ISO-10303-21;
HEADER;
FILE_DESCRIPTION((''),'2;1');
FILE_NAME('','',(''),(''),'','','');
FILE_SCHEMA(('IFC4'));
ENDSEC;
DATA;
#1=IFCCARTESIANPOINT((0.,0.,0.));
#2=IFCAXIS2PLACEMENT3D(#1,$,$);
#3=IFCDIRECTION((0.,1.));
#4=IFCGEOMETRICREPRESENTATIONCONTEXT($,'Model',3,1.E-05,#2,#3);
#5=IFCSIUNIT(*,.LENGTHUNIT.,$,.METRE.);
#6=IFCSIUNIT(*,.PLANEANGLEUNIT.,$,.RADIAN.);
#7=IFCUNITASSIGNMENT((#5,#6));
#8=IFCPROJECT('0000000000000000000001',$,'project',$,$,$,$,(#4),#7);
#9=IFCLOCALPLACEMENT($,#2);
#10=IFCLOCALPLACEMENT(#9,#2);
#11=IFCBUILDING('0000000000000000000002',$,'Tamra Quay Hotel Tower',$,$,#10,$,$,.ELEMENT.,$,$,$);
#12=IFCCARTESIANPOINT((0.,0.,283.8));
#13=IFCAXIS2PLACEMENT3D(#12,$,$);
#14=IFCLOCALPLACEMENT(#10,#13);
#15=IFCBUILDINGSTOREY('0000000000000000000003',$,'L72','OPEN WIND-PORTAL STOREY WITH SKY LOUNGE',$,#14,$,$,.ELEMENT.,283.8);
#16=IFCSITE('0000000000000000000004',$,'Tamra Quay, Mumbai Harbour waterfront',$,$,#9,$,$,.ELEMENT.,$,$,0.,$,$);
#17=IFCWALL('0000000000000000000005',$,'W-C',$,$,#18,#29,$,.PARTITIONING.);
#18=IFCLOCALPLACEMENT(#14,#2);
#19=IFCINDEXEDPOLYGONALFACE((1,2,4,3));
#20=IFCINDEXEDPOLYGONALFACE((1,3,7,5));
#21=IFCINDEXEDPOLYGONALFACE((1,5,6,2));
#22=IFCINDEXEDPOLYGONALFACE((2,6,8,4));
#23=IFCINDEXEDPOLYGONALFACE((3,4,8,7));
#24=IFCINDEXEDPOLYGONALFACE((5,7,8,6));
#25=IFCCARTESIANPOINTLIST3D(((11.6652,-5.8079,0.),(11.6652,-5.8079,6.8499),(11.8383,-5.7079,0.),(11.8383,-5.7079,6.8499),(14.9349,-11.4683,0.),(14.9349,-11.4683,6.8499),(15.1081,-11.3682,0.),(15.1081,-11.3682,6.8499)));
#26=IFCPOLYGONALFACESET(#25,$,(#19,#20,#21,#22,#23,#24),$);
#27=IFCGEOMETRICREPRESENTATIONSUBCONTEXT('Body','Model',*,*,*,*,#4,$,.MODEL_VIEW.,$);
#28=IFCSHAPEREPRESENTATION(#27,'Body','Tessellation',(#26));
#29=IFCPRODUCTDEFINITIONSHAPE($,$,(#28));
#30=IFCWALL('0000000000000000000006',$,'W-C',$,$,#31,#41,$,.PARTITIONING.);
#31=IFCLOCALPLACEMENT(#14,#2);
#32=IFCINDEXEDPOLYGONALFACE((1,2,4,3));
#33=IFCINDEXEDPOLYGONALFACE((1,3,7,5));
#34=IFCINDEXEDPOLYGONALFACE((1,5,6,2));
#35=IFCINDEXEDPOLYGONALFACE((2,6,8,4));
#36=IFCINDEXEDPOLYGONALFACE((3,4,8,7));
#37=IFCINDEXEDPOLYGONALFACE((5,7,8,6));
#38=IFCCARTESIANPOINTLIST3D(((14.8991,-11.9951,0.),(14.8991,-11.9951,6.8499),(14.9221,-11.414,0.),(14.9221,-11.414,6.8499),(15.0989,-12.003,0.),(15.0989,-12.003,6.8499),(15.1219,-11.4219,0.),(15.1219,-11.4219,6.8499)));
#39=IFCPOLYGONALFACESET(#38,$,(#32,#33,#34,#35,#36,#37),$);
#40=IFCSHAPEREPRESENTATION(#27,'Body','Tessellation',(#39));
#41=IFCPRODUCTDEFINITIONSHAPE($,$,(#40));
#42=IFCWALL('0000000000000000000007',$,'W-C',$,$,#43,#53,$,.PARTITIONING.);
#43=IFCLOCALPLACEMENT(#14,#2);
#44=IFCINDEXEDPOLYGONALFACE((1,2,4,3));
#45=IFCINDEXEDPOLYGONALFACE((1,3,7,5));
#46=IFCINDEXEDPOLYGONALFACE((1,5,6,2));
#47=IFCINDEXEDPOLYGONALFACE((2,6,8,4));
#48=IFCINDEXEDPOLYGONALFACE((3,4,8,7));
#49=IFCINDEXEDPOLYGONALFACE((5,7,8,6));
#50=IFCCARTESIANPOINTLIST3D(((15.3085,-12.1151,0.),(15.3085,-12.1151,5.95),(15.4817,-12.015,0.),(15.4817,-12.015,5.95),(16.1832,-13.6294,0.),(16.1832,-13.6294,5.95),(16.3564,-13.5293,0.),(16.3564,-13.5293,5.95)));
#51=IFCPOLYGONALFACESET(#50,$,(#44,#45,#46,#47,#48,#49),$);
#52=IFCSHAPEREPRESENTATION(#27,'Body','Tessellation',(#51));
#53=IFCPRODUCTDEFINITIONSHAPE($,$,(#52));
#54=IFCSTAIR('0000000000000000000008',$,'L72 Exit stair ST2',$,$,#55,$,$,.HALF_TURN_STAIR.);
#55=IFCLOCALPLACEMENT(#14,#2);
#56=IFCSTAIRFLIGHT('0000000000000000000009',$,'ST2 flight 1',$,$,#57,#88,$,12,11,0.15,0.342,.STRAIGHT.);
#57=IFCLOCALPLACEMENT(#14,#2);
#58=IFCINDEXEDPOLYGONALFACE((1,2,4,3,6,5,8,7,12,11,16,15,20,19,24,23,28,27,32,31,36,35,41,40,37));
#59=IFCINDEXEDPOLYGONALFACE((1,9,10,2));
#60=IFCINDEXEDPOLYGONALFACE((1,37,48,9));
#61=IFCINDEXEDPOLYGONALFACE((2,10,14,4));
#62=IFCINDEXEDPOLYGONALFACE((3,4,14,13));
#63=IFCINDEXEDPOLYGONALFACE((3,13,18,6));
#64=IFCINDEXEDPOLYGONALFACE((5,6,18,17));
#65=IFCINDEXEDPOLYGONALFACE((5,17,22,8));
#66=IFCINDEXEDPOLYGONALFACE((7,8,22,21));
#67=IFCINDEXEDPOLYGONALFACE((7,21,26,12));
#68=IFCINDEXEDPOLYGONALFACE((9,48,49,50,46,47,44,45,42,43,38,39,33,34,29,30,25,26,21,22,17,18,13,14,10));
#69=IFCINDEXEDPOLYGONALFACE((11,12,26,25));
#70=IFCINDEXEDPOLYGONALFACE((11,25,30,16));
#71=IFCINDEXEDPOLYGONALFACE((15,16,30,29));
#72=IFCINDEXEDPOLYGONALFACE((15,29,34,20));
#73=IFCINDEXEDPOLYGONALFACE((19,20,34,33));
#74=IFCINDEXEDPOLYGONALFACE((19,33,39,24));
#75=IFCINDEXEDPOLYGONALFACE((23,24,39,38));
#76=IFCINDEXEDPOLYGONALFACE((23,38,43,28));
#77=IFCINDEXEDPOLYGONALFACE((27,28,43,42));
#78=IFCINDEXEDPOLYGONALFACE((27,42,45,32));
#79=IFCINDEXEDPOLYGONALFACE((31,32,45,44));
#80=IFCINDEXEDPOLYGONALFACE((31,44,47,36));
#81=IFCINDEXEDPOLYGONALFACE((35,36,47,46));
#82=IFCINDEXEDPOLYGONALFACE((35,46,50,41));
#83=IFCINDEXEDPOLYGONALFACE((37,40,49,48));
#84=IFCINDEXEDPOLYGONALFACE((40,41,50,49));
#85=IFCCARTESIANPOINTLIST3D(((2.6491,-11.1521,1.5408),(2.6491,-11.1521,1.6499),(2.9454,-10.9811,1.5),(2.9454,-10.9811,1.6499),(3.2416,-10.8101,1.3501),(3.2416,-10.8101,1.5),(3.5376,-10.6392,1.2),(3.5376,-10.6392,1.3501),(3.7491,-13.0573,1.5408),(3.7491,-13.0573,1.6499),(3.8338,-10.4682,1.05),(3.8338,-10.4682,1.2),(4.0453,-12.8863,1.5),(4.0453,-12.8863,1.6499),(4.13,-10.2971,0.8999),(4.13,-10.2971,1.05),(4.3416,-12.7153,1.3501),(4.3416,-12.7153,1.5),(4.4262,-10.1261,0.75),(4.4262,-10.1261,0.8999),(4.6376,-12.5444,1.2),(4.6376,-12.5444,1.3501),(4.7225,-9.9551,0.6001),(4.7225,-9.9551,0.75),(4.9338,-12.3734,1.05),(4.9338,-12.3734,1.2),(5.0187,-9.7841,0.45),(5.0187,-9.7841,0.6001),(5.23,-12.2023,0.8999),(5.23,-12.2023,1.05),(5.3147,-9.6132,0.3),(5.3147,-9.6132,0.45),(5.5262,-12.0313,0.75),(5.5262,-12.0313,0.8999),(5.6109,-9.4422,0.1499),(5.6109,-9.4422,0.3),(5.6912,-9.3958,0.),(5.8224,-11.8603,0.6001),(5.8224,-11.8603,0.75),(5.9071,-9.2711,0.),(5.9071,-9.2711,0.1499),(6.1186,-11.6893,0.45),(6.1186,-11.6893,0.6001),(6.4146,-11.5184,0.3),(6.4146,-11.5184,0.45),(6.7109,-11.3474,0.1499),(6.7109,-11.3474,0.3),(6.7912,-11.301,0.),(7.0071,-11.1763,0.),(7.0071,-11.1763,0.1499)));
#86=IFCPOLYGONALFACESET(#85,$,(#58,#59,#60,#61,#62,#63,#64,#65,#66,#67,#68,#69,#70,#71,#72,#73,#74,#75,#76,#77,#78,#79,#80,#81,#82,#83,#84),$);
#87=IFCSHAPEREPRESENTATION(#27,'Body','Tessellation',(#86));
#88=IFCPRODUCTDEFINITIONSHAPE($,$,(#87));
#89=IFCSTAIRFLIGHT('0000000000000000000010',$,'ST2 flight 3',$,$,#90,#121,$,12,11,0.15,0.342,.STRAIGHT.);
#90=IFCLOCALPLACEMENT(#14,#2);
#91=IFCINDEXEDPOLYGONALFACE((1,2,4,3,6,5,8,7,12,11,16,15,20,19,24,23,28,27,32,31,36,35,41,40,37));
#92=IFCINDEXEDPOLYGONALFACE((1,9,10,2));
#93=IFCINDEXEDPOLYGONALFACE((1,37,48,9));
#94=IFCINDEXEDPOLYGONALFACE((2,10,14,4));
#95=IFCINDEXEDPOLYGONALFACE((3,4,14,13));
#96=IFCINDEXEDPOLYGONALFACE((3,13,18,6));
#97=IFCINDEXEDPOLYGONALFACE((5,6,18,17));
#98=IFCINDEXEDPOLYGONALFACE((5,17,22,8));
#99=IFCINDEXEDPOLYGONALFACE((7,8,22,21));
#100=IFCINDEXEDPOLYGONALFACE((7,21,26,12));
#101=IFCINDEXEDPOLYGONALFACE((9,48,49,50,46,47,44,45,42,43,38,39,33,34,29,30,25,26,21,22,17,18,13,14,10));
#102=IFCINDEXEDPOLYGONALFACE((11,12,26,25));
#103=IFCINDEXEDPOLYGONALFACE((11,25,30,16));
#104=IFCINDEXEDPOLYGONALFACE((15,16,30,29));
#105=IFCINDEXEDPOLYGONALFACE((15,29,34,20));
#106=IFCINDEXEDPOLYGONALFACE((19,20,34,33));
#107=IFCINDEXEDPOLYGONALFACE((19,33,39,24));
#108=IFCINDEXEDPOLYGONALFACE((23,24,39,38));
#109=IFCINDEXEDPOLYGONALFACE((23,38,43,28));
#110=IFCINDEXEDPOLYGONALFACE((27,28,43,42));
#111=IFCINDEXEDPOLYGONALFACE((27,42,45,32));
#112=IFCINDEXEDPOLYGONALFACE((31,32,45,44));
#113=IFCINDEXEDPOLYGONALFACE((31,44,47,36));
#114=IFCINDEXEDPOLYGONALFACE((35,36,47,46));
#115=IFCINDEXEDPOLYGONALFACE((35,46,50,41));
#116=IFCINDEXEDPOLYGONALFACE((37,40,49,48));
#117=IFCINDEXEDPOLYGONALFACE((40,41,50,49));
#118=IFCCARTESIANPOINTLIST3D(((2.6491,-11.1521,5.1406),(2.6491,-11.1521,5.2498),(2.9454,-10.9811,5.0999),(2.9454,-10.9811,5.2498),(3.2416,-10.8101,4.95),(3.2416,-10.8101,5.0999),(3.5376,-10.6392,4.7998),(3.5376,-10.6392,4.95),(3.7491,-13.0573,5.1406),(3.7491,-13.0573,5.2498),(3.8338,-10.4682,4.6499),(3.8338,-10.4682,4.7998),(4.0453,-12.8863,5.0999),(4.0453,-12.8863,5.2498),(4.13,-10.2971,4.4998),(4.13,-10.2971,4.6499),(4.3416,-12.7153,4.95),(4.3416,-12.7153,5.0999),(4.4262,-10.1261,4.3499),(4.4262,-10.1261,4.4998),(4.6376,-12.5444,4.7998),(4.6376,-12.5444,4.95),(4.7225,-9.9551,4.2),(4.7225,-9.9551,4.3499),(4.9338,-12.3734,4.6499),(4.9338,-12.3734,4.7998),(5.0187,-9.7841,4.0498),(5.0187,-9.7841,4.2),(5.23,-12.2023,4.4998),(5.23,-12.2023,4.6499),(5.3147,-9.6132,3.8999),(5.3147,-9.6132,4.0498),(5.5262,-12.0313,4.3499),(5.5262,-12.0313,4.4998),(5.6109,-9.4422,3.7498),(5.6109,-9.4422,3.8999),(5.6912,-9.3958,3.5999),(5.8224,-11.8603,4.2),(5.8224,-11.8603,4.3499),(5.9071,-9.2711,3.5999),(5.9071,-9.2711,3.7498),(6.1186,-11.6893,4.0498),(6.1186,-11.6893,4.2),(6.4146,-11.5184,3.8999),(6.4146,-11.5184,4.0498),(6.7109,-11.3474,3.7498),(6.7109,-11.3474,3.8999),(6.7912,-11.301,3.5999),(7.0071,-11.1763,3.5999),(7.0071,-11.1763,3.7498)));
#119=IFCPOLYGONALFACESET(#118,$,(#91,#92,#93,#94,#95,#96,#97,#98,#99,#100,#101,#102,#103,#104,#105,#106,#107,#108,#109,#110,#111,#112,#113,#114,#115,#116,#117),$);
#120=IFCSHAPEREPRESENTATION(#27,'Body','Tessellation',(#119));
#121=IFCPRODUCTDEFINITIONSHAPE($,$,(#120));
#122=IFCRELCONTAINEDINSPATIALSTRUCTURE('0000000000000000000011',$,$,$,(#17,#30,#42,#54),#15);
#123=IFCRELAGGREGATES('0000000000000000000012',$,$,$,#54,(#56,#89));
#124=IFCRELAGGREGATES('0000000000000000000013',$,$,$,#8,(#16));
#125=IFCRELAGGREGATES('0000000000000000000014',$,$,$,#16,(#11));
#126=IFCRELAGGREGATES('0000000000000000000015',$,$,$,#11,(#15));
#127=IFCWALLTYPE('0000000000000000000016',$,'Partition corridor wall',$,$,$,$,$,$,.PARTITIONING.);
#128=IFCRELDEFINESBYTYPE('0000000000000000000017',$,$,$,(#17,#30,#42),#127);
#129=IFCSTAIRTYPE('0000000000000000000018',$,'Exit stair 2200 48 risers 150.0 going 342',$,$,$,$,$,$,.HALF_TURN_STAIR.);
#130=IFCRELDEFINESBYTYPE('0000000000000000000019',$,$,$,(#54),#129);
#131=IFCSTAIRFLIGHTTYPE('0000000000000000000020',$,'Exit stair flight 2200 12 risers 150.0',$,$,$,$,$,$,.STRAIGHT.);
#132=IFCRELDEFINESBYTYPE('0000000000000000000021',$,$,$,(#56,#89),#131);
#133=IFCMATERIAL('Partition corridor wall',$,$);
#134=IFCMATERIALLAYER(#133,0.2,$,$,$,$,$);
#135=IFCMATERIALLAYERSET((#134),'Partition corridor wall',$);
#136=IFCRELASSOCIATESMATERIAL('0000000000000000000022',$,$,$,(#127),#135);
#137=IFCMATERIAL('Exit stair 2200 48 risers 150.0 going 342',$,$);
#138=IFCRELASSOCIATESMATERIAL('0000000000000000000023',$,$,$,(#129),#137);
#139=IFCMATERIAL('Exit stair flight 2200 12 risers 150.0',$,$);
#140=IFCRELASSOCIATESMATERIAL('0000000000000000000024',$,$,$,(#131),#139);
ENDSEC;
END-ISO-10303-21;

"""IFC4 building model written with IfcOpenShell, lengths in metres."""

from ifc_helpers import new_model, si_unit, direction, frame, frame_2d, origin, place, context, subcontext, project, spatial, polyline, rectangle, outline, extrude, material, layer, layer_set, type_object, element, aggregate, save


model = new_model("IFC4")

# Units and contexts
model_context = context("Model", 3, precision=1e-05, world=origin(), true_north=direction((0.0, 1.0)))
body_context = subcontext(model_context, "Body", "Model", "MODEL_VIEW")
ifc_project = project(units=[si_unit("LENGTHUNIT", "METRE"), si_unit("PLANEANGLEUNIT", "RADIAN")], contexts=[model_context])

# Site, building, storey
site_placement = place(None, origin())
site = spatial("IfcSite", under=ifc_project, at=site_placement, Name="Tamra Quay, Mumbai Harbour waterfront", CompositionType="ELEMENT", RefElevation=0.0)
building_placement = place(site_placement, origin())
building = spatial("IfcBuilding", under=site, at=building_placement, Name="Tamra Quay Hotel Tower", CompositionType="ELEMENT")
storey_placement = place(building_placement, frame((0.0, 0.0, 283.8)))
storey = spatial("IfcBuildingStorey", under=building, at=storey_placement, Name="L72", Description="OPEN WIND-PORTAL STOREY WITH SKY LOUNGE", CompositionType="ELEMENT", Elevation=283.8)

# Shared definitions
ifc_material_1 = material(Name="Partition corridor wall")
ifc_layer_1 = layer(ifc_material_1, 0.2)
ifc_layer_set_1 = layer_set([ifc_layer_1], Name="Partition corridor wall")
wall_type_1 = type_object("IfcWallType", Name="Partition corridor wall", PredefinedType="PARTITIONING", material=ifc_layer_set_1)

# Walls
wall_1_placement = place(storey_placement, frame((11.7517, -5.7578, 0.0), z_axis=(0.0, 0.0, 1.0), x_axis=(0.5002, -0.86591, 0.0)))
element("IfcWall", 1, at=wall_1_placement, inside=storey, type_object=wall_type_1, Name="W-C", PredefinedType="PARTITIONING", context=body_context, shape_type="SweptSolid", body=[
    extrude(rectangle(XDim=6.5369, YDim=0.2, at=frame_2d((3.2686, 0.0))), origin(), (0.0, 0.0, 1.0), 6.8499),
])
wall_2_placement = place(storey_placement, frame((14.999, -11.999, 0.0), z_axis=(0.0, 0.0, 1.0), x_axis=(0.039465, 0.999221, 0.0)))
element("IfcWall", 2, at=wall_2_placement, inside=storey, type_object=wall_type_1, Name="W-C", PredefinedType="PARTITIONING", context=body_context, shape_type="SweptSolid", body=[
    extrude(rectangle(XDim=0.5815, YDim=0.2, at=frame_2d((0.2908, 0.0))), origin(), (0.0, 0.0, 1.0), 6.8499),
])
wall_3_placement = place(storey_placement, frame((15.395, -12.0649, 0.0), z_axis=(0.0, 0.0, 1.0), x_axis=(0.500178, -0.865923, 0.0)))
element("IfcWall", 3, at=wall_3_placement, inside=storey, type_object=wall_type_1, Name="W-C", PredefinedType="PARTITIONING", context=body_context, shape_type="SweptSolid", body=[
    extrude(rectangle(XDim=1.7488, YDim=0.2, at=frame_2d((0.8745, 0.0))), origin(), (0.0, 0.0, 1.0), 5.95),
])

# Stair, stair flights
ifc_material_2 = material(Name="Exit stair 2200 48 risers 150.0 going 342")
stair_type = type_object("IfcStairType", Name="Exit stair 2200 48 risers 150.0 going 342", PredefinedType="HALF_TURN_STAIR", material=ifc_material_2)
stair_placement = place(storey_placement, origin())
stair = element("IfcStair", 4, at=stair_placement, inside=storey, type_object=stair_type, Name="L72 Exit stair ST2", PredefinedType="HALF_TURN_STAIR")
ifc_material_3 = material(Name="Exit stair flight 2200 12 risers 150.0")
stair_flight_type = type_object("IfcStairFlightType", Name="Exit stair flight 2200 12 risers 150.0", PredefinedType="STRAIGHT", material=ifc_material_3)
stair_flight_1_placement = place(storey_placement, frame((6.457, -10.2236, 0.0), z_axis=(0.0, 0.0, 1.0), x_axis=(-0.866025, -0.5, 0.0)))
stair_flight_1 = element("IfcStairFlight", 5, at=stair_flight_1_placement, type_object=stair_flight_type, Name="ST2 flight 1", NumberOfRisers=12, NumberOfTreads=11, PredefinedType="STRAIGHT", RiserHeight=0.15, TreadLength=0.342, context=body_context, shape_type="SweptSolid", body=[
    extrude(outline(polyline([(0.0, 0.0), (0.0, 0.1499), (0.342, 0.1499), (0.342, 0.3), (0.6841, 0.3), (0.6841, 0.45), (1.0259, 0.45), (1.0259, 0.6001), (1.3679, 0.6001), (1.3679, 0.75), (1.71, 0.75), (1.71, 0.8999), (2.052, 0.8999), (2.052, 1.05), (2.394, 1.05), (2.394, 1.2), (2.7361, 1.2), (2.7361, 1.3501), (3.0779, 1.3501), (3.0779, 1.5), (3.4199, 1.5), (3.4199, 1.6499), (3.762, 1.6499), (3.762, 1.8), (3.762, 1.5408), (0.2493, 0.0), (0.0, 0.0)])), frame((0.0, 1.1001, 0.0), z_axis=(0.0, -1.0, 0.0), x_axis=(1.0, 0.0, 0.0)), (0.0, 0.0, 1.0), 2.2),
])
stair_flight_2_placement = place(storey_placement, frame((6.457, -10.2236, 3.5999), z_axis=(0.0, 0.0, 1.0), x_axis=(-0.866025, -0.5, 0.0)))
stair_flight_2 = element("IfcStairFlight", 6, at=stair_flight_2_placement, type_object=stair_flight_type, Name="ST2 flight 3", NumberOfRisers=12, NumberOfTreads=11, PredefinedType="STRAIGHT", RiserHeight=0.15, TreadLength=0.342, context=body_context, shape_type="SweptSolid", body=[
    extrude(outline(polyline([(0.0, 0.0), (0.0, 0.1499), (0.342, 0.1499), (0.342, 0.3), (0.6841, 0.3), (0.6841, 0.45), (1.0259, 0.45), (1.0259, 0.6001), (1.3679, 0.6001), (1.3679, 0.75), (1.71, 0.75), (1.71, 0.8999), (2.052, 0.8999), (2.052, 1.05), (2.394, 1.05), (2.394, 1.2), (2.7361, 1.2), (2.7361, 1.3501), (3.0779, 1.3501), (3.0779, 1.5), (3.4199, 1.5), (3.4199, 1.6499), (3.762, 1.6499), (3.762, 1.8), (3.762, 1.5408), (0.2493, 0.0), (0.0, 0.0)])), frame((0.0, 1.1001, 0.0), z_axis=(0.0, -1.0, 0.0), x_axis=(1.0, 0.0, 0.0)), (0.0, 0.0, 1.0), 2.2),
])
aggregate(stair, [stair_flight_1, stair_flight_2])

save(model, "model.ifc")
